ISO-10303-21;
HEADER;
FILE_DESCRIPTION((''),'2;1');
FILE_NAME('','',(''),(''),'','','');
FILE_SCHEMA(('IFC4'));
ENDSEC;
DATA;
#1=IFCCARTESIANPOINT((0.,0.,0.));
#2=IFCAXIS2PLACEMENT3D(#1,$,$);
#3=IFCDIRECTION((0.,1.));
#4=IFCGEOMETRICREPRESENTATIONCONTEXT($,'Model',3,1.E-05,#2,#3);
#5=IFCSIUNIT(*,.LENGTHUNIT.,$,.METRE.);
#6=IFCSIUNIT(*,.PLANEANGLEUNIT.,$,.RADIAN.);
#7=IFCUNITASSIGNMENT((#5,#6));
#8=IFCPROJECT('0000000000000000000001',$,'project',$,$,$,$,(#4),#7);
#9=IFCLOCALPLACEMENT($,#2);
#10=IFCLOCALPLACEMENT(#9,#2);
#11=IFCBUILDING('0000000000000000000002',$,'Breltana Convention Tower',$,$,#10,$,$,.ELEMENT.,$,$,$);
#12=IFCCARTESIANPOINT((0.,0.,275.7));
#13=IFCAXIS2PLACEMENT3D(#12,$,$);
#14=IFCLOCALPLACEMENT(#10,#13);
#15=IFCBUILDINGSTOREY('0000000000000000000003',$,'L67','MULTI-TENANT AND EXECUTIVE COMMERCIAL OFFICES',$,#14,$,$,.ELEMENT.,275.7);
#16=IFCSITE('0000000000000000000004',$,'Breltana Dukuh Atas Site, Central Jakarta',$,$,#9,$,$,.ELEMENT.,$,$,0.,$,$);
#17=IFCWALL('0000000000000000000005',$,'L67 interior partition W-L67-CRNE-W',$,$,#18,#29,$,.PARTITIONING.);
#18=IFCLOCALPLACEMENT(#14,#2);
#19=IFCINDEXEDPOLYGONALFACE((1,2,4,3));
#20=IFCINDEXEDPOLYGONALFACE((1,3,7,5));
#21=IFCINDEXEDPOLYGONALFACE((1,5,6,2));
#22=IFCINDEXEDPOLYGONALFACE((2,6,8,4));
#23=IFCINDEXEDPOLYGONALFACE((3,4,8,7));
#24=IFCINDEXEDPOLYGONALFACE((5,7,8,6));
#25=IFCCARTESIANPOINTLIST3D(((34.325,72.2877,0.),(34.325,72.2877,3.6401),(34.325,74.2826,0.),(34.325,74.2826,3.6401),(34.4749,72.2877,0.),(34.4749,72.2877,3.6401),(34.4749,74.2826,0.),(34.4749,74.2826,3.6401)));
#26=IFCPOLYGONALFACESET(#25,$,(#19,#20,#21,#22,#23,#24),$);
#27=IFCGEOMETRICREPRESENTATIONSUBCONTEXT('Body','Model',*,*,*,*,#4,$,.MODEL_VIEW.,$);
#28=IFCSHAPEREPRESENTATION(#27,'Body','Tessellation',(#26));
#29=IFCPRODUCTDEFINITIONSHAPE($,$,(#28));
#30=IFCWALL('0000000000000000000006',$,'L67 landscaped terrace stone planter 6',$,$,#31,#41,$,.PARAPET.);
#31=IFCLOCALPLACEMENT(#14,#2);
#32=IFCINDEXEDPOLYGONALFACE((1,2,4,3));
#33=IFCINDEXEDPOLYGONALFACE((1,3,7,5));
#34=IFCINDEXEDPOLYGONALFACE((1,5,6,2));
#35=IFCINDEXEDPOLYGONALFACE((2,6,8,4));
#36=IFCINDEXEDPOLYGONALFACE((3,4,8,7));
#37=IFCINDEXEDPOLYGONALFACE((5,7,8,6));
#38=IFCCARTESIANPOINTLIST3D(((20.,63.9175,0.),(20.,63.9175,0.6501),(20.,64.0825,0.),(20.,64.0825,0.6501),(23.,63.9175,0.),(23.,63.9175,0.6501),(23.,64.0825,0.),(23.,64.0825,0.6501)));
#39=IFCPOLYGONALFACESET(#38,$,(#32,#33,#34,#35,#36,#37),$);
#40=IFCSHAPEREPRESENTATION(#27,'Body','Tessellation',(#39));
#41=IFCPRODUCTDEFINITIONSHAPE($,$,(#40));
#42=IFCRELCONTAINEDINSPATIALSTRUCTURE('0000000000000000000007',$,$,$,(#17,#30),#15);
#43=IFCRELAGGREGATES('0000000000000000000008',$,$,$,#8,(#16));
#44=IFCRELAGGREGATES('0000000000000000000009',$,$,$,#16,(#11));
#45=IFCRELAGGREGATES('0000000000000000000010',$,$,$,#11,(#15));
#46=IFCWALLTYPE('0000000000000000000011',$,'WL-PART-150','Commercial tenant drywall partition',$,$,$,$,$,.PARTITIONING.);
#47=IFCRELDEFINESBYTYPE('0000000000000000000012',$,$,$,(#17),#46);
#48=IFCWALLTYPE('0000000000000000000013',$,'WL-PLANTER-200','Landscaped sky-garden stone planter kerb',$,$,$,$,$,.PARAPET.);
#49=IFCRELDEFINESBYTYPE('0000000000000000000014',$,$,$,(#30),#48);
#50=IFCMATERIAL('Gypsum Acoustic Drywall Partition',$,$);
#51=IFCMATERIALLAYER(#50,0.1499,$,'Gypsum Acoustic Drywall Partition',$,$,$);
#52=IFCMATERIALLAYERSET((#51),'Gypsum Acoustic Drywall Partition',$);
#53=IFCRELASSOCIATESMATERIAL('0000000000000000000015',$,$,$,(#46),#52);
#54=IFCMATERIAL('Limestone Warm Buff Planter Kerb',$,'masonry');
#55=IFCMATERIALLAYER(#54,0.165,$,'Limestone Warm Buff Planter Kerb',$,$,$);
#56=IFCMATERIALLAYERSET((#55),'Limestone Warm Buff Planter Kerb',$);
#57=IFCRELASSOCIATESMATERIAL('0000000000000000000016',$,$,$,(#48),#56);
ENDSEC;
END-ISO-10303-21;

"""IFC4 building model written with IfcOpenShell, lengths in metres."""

from ifc_helpers import new_model, si_unit, direction, frame, frame_2d, origin, place, context, subcontext, project, spatial, rectangle, extrude, source, transform, mapped, material, layer, layer_set, type_object, element, save


model = new_model("IFC4")

# Units and contexts
model_context = context("Model", 3, precision=1e-05, world=origin(), true_north=direction((0.0, 1.0)))
body_context = subcontext(model_context, "Body", "Model", "MODEL_VIEW")
ifc_project = project(units=[si_unit("LENGTHUNIT", "METRE"), si_unit("PLANEANGLEUNIT", "RADIAN")], contexts=[model_context])

# Site, building, storey
site_placement = place(None, origin())
site = spatial("IfcSite", under=ifc_project, at=site_placement, Name="Breltana Dukuh Atas Site, Central Jakarta", CompositionType="ELEMENT", RefElevation=0.0)
building_placement = place(site_placement, origin())
building = spatial("IfcBuilding", under=site, at=building_placement, Name="Breltana Convention Tower", CompositionType="ELEMENT")
storey_placement = place(building_placement, frame((0.0, 0.0, 275.7)))
storey = spatial("IfcBuildingStorey", under=building, at=storey_placement, Name="L67", Description="MULTI-TENANT AND EXECUTIVE COMMERCIAL OFFICES", CompositionType="ELEMENT", Elevation=275.7)

# Walls
ifc_material_1 = material(Name="Gypsum Acoustic Drywall Partition")
ifc_layer_1 = layer(ifc_material_1, 0.1499, Name="Gypsum Acoustic Drywall Partition")
ifc_layer_set_1 = layer_set([ifc_layer_1], Name="Gypsum Acoustic Drywall Partition")
wall_type_1 = type_object("IfcWallType", Name="WL-PART-150", Description="Commercial tenant drywall partition", PredefinedType="PARTITIONING", material=ifc_layer_set_1)
shared_shape_1 = source(origin(), body_context, "Body", "SweptSolid", [
    extrude(rectangle(XDim=1.9949, YDim=0.1499, at=frame_2d((0.9976, 0.0))), origin(), (0.0, 0.0, 1.0), 3.6401),
])
wall_1_placement = place(storey_placement, frame((34.3999, 72.2876, 0.0), z_axis=(0.0, 0.0, 1.0), x_axis=(0.0, 1.0, 0.0)))
element("IfcWall", 1, at=wall_1_placement, inside=storey, type_object=wall_type_1, Name="L67 interior partition W-L67-CRNE-W", PredefinedType="PARTITIONING", context=body_context, shape_type="MappedRepresentation", body=[
    mapped(shared_shape_1, transform((0.0, 0.0, 0.0), scale=1.0)),
])
ifc_material_2 = material(Name="Limestone Warm Buff Planter Kerb", Category="masonry")
ifc_layer_2 = layer(ifc_material_2, 0.165, Name="Limestone Warm Buff Planter Kerb")
ifc_layer_set_2 = layer_set([ifc_layer_2], Name="Limestone Warm Buff Planter Kerb")
wall_type_2 = type_object("IfcWallType", Name="WL-PLANTER-200", Description="Landscaped sky-garden stone planter kerb", PredefinedType="PARAPET", material=ifc_layer_set_2)
shared_shape_2 = source(origin(), body_context, "Body", "SweptSolid", [
    extrude(rectangle(XDim=3.0, YDim=0.165, at=frame_2d((1.5, 0.0))), origin(), (0.0, 0.0, 1.0), 0.6501),
])
wall_2_placement = place(storey_placement, frame((20.0, 64.0, 0.0), z_axis=(0.0, 0.0, 1.0), x_axis=(1.0, 0.0, 0.0)))
element("IfcWall", 2, at=wall_2_placement, inside=storey, type_object=wall_type_2, Name="L67 landscaped terrace stone planter 6", PredefinedType="PARAPET", context=body_context, shape_type="MappedRepresentation", body=[
    mapped(shared_shape_2, transform((0.0, 0.0, 0.0), scale=1.0)),
])

save(model, "model.ifc")
